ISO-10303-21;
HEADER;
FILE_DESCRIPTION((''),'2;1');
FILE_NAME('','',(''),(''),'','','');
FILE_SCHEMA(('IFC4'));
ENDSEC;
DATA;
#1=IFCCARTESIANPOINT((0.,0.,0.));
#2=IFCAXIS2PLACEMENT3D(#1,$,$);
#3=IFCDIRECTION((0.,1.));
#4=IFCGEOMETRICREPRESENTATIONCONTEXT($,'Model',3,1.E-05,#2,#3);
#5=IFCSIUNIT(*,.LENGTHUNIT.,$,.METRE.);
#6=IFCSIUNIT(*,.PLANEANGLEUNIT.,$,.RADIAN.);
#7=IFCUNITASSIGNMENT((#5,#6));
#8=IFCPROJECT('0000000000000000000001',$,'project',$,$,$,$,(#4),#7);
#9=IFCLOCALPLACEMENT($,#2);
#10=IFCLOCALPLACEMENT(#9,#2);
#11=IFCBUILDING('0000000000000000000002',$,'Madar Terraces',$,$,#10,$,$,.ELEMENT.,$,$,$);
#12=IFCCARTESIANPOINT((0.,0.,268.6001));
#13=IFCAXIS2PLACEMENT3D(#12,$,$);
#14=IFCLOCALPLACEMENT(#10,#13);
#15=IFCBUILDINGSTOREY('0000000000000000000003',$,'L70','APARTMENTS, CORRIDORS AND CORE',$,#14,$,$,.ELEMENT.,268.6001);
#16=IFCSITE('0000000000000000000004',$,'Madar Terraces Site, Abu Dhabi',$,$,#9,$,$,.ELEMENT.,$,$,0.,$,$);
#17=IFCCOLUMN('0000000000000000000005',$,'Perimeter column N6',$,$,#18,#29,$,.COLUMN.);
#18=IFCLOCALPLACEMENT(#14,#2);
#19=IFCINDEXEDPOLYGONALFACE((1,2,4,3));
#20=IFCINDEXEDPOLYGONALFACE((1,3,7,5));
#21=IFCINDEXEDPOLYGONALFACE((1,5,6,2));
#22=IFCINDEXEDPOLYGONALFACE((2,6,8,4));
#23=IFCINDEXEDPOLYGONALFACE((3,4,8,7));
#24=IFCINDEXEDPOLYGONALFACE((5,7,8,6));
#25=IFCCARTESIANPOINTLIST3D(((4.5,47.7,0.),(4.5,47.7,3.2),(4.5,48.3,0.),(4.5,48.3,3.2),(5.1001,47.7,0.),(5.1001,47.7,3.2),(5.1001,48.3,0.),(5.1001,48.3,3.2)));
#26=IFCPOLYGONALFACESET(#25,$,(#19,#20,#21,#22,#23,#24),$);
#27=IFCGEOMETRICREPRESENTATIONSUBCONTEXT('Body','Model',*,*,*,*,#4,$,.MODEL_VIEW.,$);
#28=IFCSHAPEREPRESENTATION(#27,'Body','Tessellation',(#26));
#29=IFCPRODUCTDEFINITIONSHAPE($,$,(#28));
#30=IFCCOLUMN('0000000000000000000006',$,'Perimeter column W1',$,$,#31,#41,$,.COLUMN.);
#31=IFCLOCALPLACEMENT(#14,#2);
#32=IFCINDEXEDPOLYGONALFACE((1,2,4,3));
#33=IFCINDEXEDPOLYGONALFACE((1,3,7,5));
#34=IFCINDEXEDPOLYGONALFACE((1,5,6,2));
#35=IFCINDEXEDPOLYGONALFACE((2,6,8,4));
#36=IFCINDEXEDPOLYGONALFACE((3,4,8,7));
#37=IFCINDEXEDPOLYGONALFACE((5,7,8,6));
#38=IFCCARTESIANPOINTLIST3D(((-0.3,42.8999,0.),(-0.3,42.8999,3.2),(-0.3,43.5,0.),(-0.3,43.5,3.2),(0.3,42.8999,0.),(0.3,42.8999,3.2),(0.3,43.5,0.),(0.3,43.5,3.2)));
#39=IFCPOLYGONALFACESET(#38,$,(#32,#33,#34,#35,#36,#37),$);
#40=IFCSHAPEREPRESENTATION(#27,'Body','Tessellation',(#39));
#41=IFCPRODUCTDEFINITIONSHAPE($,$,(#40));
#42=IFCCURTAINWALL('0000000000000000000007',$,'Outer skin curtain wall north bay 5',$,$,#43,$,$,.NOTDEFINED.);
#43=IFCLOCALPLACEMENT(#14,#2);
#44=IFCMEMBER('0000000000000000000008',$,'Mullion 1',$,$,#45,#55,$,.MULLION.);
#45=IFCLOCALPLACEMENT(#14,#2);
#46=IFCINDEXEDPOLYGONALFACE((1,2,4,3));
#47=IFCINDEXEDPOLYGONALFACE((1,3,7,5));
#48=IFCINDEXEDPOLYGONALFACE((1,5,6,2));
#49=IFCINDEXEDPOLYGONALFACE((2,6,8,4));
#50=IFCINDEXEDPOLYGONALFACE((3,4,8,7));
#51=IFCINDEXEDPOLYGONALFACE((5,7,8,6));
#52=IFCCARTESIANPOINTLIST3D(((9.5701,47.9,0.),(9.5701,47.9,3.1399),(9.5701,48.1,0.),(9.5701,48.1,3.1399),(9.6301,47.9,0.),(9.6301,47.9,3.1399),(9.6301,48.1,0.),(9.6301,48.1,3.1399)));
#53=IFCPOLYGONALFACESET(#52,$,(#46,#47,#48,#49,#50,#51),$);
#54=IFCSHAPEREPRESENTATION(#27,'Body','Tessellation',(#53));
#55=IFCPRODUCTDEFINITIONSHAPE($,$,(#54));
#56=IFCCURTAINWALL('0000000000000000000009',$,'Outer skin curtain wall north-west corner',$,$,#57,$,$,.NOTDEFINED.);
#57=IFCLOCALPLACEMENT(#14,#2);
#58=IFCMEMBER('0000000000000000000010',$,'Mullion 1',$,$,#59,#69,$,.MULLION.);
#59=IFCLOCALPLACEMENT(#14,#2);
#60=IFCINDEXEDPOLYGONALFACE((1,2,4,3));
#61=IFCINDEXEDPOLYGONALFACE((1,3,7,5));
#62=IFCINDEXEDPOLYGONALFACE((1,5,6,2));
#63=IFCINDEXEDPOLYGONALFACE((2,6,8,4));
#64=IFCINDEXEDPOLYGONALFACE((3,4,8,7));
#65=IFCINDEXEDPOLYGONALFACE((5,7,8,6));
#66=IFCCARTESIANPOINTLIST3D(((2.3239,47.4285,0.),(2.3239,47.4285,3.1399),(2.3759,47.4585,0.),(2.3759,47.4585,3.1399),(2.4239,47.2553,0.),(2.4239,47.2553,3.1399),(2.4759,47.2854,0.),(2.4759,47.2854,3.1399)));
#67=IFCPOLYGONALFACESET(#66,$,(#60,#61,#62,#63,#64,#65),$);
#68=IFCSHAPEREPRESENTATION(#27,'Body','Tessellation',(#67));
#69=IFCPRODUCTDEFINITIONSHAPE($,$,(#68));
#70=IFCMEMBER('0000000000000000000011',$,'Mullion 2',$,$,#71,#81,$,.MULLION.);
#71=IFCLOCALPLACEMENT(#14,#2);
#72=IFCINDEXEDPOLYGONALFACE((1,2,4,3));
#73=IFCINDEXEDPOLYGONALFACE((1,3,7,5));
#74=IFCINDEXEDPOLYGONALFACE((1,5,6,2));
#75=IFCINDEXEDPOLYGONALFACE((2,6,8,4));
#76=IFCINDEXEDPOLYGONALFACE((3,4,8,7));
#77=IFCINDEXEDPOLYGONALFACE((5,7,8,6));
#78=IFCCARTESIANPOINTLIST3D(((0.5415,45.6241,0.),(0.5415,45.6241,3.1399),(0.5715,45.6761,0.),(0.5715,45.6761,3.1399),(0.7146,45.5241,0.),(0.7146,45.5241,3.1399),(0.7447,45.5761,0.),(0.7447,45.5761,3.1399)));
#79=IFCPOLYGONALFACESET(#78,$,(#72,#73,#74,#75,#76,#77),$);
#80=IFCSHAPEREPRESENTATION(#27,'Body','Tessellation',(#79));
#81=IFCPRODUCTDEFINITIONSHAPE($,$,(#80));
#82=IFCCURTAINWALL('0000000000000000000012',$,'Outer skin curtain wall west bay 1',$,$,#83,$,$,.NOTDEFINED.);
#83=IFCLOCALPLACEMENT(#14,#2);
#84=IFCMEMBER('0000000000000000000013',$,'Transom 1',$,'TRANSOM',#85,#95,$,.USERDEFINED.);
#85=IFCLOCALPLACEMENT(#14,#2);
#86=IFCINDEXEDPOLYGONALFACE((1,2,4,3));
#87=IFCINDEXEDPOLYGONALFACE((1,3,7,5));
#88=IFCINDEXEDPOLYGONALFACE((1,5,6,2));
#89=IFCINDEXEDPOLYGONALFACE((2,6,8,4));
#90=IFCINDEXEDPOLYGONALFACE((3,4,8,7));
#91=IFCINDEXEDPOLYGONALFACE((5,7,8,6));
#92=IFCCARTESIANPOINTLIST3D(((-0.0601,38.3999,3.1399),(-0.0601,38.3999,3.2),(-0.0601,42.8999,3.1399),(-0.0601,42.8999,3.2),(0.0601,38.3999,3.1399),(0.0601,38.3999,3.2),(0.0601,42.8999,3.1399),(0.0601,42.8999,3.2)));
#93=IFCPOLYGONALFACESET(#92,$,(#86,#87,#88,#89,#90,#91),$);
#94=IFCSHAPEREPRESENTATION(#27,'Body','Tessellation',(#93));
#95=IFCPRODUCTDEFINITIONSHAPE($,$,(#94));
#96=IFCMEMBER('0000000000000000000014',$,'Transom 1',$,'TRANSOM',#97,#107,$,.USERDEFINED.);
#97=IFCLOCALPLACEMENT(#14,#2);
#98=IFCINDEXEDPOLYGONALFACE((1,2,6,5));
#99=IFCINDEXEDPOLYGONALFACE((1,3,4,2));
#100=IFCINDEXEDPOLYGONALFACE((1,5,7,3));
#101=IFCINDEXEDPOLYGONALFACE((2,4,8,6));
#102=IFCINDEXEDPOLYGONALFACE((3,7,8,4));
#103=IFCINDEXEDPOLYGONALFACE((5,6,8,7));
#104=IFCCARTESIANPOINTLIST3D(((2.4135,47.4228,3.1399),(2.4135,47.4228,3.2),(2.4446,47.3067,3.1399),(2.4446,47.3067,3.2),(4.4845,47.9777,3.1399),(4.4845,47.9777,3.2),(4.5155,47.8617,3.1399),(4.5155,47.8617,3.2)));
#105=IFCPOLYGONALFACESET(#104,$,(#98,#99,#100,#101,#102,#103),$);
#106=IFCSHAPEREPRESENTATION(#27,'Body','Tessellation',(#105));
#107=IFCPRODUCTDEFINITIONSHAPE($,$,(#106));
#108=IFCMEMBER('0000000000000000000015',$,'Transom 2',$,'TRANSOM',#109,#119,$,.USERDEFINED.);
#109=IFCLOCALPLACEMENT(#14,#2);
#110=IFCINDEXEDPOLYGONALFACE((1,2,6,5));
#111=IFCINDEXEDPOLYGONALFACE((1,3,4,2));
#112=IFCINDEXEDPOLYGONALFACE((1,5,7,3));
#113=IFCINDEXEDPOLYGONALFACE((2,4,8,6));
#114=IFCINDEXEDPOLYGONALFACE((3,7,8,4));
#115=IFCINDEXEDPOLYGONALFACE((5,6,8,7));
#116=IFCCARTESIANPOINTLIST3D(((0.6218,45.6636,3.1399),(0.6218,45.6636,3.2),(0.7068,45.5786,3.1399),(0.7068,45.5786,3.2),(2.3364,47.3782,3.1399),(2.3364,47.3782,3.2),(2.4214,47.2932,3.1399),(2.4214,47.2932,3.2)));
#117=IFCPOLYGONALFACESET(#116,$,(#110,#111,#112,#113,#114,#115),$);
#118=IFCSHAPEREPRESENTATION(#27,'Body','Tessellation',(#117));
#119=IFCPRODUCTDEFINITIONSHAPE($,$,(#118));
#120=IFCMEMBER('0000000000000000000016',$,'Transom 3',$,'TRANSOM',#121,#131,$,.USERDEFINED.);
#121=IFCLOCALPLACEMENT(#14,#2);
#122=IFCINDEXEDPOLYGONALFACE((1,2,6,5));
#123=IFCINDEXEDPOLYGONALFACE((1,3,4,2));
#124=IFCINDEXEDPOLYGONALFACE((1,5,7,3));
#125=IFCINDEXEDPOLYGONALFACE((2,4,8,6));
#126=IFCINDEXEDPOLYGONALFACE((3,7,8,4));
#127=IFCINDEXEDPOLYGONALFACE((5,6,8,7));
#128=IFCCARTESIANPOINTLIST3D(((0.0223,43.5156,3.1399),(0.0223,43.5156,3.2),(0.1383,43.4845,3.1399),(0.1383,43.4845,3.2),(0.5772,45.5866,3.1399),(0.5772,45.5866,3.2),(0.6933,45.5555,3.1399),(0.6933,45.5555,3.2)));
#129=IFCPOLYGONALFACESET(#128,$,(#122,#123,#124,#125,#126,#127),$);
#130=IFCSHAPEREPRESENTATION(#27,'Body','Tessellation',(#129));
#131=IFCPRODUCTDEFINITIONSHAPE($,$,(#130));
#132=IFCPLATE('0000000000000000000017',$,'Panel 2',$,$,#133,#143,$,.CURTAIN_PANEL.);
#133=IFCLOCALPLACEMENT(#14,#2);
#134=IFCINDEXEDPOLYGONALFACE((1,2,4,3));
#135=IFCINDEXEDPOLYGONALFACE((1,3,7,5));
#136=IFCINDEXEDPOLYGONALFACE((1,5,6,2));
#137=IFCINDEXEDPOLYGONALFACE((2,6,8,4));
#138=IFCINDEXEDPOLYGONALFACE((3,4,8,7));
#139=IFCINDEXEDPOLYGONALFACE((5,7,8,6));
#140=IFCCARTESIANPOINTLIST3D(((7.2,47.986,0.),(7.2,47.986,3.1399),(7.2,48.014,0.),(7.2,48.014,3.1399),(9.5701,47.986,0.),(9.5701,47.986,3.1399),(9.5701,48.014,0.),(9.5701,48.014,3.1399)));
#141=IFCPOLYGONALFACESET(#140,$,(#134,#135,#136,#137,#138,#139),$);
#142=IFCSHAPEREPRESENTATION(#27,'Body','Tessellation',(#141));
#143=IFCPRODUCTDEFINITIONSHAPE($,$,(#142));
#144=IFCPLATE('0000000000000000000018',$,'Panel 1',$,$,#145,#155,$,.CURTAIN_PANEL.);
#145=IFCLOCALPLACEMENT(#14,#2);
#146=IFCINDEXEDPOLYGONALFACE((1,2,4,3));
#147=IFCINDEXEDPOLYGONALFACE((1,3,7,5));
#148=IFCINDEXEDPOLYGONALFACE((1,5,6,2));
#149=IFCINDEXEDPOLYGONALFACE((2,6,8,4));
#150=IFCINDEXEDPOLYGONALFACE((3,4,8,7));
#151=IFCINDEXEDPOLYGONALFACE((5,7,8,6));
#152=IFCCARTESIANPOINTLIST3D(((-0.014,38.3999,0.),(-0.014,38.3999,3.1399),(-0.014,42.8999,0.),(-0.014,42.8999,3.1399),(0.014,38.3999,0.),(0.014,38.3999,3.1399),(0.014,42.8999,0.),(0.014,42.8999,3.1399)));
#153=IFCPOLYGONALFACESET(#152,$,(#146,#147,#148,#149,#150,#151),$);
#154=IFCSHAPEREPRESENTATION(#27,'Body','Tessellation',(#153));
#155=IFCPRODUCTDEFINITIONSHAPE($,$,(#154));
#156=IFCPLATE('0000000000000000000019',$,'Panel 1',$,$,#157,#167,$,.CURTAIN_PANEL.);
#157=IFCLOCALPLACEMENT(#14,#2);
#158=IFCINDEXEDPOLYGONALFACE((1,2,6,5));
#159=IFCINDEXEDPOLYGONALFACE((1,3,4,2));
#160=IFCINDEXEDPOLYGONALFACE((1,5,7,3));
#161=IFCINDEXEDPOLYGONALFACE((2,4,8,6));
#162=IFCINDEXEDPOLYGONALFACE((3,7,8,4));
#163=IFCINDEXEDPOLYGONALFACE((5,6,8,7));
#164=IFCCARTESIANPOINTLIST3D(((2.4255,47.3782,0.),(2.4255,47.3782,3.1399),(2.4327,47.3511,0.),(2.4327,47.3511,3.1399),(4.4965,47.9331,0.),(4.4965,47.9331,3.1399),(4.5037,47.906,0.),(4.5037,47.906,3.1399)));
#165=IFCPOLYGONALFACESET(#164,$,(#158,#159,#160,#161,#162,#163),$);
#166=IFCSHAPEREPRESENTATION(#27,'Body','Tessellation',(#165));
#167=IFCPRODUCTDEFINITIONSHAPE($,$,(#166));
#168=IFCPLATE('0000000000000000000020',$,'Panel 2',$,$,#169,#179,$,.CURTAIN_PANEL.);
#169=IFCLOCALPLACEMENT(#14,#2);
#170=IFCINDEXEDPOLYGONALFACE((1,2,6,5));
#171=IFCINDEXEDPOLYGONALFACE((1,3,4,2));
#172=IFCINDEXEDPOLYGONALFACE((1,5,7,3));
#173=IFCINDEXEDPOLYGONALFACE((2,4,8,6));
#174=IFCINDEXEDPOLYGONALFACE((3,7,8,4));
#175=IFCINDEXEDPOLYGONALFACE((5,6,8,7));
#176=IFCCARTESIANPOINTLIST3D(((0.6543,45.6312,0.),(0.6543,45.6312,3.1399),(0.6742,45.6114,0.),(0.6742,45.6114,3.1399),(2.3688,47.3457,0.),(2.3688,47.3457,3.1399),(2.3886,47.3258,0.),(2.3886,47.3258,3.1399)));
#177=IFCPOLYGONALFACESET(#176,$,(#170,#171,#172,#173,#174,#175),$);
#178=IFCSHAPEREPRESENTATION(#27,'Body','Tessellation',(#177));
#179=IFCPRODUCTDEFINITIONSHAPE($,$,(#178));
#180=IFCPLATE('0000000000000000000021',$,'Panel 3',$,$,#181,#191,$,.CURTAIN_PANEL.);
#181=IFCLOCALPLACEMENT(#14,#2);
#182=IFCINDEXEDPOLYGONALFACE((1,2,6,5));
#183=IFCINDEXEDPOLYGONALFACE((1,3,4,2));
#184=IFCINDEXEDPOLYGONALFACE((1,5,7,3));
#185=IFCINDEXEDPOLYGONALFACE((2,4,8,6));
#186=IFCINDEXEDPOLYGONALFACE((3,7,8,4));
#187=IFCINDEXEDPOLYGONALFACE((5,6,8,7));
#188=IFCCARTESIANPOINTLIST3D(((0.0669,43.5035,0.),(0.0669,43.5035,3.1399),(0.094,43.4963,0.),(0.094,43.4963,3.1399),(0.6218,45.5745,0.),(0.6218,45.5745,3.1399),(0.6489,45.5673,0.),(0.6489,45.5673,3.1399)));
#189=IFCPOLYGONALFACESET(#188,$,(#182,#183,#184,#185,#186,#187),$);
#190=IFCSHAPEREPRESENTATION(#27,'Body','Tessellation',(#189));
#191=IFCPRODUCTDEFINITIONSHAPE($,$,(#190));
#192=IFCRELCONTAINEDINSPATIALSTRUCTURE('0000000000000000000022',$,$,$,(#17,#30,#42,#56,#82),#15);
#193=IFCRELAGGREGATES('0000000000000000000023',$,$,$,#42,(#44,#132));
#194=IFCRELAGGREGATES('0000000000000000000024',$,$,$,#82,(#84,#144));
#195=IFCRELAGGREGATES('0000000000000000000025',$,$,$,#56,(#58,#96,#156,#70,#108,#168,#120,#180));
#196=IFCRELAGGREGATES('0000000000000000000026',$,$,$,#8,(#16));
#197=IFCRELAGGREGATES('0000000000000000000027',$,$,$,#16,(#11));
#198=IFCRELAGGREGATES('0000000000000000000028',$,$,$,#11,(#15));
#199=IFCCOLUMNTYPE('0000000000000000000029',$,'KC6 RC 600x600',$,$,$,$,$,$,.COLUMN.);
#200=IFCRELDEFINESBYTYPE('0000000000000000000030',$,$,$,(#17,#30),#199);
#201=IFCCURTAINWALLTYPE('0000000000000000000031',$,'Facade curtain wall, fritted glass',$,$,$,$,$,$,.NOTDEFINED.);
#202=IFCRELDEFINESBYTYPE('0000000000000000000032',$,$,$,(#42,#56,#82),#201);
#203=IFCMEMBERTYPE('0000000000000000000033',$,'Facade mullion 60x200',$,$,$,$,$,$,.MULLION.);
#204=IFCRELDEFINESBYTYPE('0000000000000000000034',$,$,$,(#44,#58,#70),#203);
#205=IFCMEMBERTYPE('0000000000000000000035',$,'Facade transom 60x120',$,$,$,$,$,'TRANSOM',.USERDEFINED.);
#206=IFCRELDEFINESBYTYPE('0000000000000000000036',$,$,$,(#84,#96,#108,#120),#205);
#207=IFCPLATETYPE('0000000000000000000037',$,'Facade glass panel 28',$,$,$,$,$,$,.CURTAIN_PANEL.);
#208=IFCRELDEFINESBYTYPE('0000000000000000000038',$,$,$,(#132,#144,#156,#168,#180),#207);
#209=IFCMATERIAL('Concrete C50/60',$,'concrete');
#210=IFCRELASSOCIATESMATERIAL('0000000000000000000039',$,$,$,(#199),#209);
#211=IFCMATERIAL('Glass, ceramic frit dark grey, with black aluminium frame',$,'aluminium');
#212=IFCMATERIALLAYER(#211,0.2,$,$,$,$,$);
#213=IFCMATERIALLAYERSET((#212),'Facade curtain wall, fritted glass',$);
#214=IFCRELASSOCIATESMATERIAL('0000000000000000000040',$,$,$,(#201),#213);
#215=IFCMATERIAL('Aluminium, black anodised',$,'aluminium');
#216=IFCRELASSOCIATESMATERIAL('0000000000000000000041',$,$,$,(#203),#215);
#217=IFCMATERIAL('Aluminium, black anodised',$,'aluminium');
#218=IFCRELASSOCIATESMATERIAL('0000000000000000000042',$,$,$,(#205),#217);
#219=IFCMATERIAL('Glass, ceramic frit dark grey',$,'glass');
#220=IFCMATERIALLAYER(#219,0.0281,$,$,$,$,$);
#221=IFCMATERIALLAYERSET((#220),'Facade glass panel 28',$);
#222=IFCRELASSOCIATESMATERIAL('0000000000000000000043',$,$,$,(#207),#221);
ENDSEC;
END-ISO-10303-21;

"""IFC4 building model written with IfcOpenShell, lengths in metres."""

from ifc_helpers import new_model, si_unit, direction, frame, origin, origin_2d, place, context, subcontext, project, spatial, rectangle, extrude, material, layer, layer_set, material_profile, profile_set, type_object, element, aggregate, save


model = new_model("IFC4")

# Units and contexts
model_context = context("Model", 3, precision=1e-05, world=origin(), true_north=direction((0.0, 1.0)))
body_context = subcontext(model_context, "Body", "Model", "MODEL_VIEW")
ifc_project = project(units=[si_unit("LENGTHUNIT", "METRE"), si_unit("PLANEANGLEUNIT", "RADIAN")], contexts=[model_context])

# Site, building, storey
site_placement = place(None, origin())
site = spatial("IfcSite", under=ifc_project, at=site_placement, Name="Madar Terraces Site, Abu Dhabi", CompositionType="ELEMENT", RefElevation=0.0)
building_placement = place(site_placement, origin())
building = spatial("IfcBuilding", under=site, at=building_placement, Name="Madar Terraces", CompositionType="ELEMENT")
storey_placement = place(building_placement, frame((0.0, 0.0, 268.6001)))
storey = spatial("IfcBuildingStorey", under=building, at=storey_placement, Name="L70", Description="APARTMENTS, CORRIDORS AND CORE", CompositionType="ELEMENT", Elevation=268.6001)

# Columns
ifc_material_1 = material(Name="Concrete C50/60", Category="concrete")
ifc_material_profile_1 = material_profile(ifc_material_1, rectangle(XDim=0.6001, YDim=0.6001, at=origin_2d()), Name="KC6 RC 600x600")
ifc_profile_set_1 = profile_set([ifc_material_profile_1], Name="Concrete C50/60")
column_type = type_object("IfcColumnType", Name="KC6 RC 600x600", PredefinedType="COLUMN", material=ifc_profile_set_1)
for number, where, z_axis, x_axis, name in (
    (1, (4.8, 48.0, 0.0), (0.0, 0.0, 1.0), (1.0, 0.0, 0.0), "Perimeter column N6"),
    (2, (0.0, 43.2, 0.0), (0.0, 0.0, 1.0), (1.0, 0.0, 0.0), "Perimeter column W1"),
):
    element("IfcColumn", number, at=place(storey_placement, frame(where, z_axis=z_axis, x_axis=x_axis)), inside=storey, type_object=column_type, Name=name, PredefinedType="COLUMN", context=body_context, shape_type="SweptSolid", body=[
        extrude(rectangle(XDim=0.6001, YDim=0.6001, at=origin_2d()), origin(), (0.0, 0.0, 1.0), 3.2),
    ])

# Curtain wall, member
ifc_material_2 = material(Name="Glass, ceramic frit dark grey, with black aluminium frame", Category="aluminium")
ifc_layer_1 = layer(ifc_material_2, 0.2)
ifc_layer_set_1 = layer_set([ifc_layer_1], Name="Facade curtain wall, fritted glass")
curtain_wall_type = type_object("IfcCurtainWallType", Name="Facade curtain wall, fritted glass", PredefinedType="NOTDEFINED", material=ifc_layer_set_1)
curtain_wall_1_placement = place(storey_placement, origin())
curtain_wall_1 = element("IfcCurtainWall", 3, at=curtain_wall_1_placement, inside=storey, type_object=curtain_wall_type, Name="Outer skin curtain wall north bay 5", PredefinedType="NOTDEFINED")
ifc_material_3 = material(Name="Aluminium, black anodised", Category="aluminium")
ifc_material_profile_2 = material_profile(ifc_material_3, rectangle(XDim=0.2, YDim=0.0601, at=origin_2d()), Name="Facade mullion 60x200")
ifc_profile_set_2 = profile_set([ifc_material_profile_2], Name="Aluminium, black anodised")
member_type_1 = type_object("IfcMemberType", Name="Facade mullion 60x200", PredefinedType="MULLION", material=ifc_profile_set_2)
member_1_placement = place(storey_placement, frame((9.6001, 48.0, 0.0), z_axis=(0.0, 0.0, 1.0), x_axis=(0.0, -1.0, 0.0)))
member_1 = element("IfcMember", 4, at=member_1_placement, type_object=member_type_1, Name="Mullion 1", PredefinedType="MULLION", context=body_context, shape_type="SweptSolid", body=[
    extrude(rectangle(XDim=0.2, YDim=0.0601, at=origin_2d()), origin(), (0.0, 0.0, 1.0), 3.1399),
])

# Curtain wall, members
curtain_wall_2_placement = place(storey_placement, origin())
curtain_wall_2 = element("IfcCurtainWall", 5, at=curtain_wall_2_placement, inside=storey, type_object=curtain_wall_type, Name="Outer skin curtain wall north-west corner", PredefinedType="NOTDEFINED")
member_2_placement = place(storey_placement, frame((2.3999, 47.3569, 0.0), z_axis=(0.0, 0.0, 1.0), x_axis=(0.5, -0.866025, 0.0)))
member_2 = element("IfcMember", 6, at=member_2_placement, type_object=member_type_1, Name="Mullion 1", PredefinedType="MULLION", context=body_context, shape_type="SweptSolid", body=[
    extrude(rectangle(XDim=0.2, YDim=0.0601, at=origin_2d()), origin(), (0.0, 0.0, 1.0), 3.1399),
])
member_3_placement = place(storey_placement, frame((0.6431, 45.6001, 0.0), z_axis=(0.0, 0.0, 1.0), x_axis=(0.866025, -0.5, 0.0)))
member_3 = element("IfcMember", 7, at=member_3_placement, type_object=member_type_1, Name="Mullion 2", PredefinedType="MULLION", context=body_context, shape_type="SweptSolid", body=[
    extrude(rectangle(XDim=0.2, YDim=0.0601, at=origin_2d()), origin(), (0.0, 0.0, 1.0), 3.1399),
])

# Curtain wall, member
curtain_wall_3_placement = place(storey_placement, origin())
curtain_wall_3 = element("IfcCurtainWall", 8, at=curtain_wall_3_placement, inside=storey, type_object=curtain_wall_type, Name="Outer skin curtain wall west bay 1", PredefinedType="NOTDEFINED")
ifc_material_4 = material(Name="Aluminium, black anodised", Category="aluminium")
ifc_material_profile_3 = material_profile(ifc_material_4, rectangle(XDim=0.1201, YDim=0.0601, at=origin_2d()), Name="Facade transom 60x120")
ifc_profile_set_3 = profile_set([ifc_material_profile_3], Name="Aluminium, black anodised")
member_type_2 = type_object("IfcMemberType", Name="Facade transom 60x120", ElementType="TRANSOM", PredefinedType="USERDEFINED", material=ifc_profile_set_3)
member_4_placement = place(storey_placement, frame((0.0, 42.8999, 3.1699), z_axis=(0.0, -1.0, 0.0), x_axis=(1.0, 0.0, 0.0)))
member_4 = element("IfcMember", 9, at=member_4_placement, type_object=member_type_2, Name="Transom 1", ObjectType="TRANSOM", PredefinedType="USERDEFINED", context=body_context, shape_type="SweptSolid", body=[
    extrude(rectangle(XDim=0.1201, YDim=0.0601, at=origin_2d()), origin(), (0.0, 0.0, 1.0), 4.5),
])

# Members
member_5_placement = place(storey_placement, frame((4.5, 47.9197, 3.1699), z_axis=(-0.965926, -0.258818, 0.0), x_axis=(0.258818, -0.965926, 0.0)))
member_5 = element("IfcMember", 10, at=member_5_placement, type_object=member_type_2, Name="Transom 1", ObjectType="TRANSOM", PredefinedType="USERDEFINED", context=body_context, shape_type="SweptSolid", body=[
    extrude(rectangle(XDim=0.1201, YDim=0.0601, at=origin_2d()), origin(), (0.0, 0.0, 1.0), 2.144),
])
member_6_placement = place(storey_placement, frame((2.3789, 47.3357, 3.1699), z_axis=(-0.707107, -0.707107, 0.0), x_axis=(0.707107, -0.707107, 0.0)))
member_6 = element("IfcMember", 11, at=member_6_placement, type_object=member_type_2, Name="Transom 2", ObjectType="TRANSOM", PredefinedType="USERDEFINED", context=body_context, shape_type="SweptSolid", body=[
    extrude(rectangle(XDim=0.1201, YDim=0.0601, at=origin_2d()), origin(), (0.0, 0.0, 1.0), 2.4248),
])
member_7_placement = place(storey_placement, frame((0.6353, 45.571, 3.1699), z_axis=(-0.258818, -0.965926, 0.0), x_axis=(0.965926, -0.258818, 0.0)))
member_7 = element("IfcMember", 12, at=member_7_placement, type_object=member_type_2, Name="Transom 3", ObjectType="TRANSOM", PredefinedType="USERDEFINED", context=body_context, shape_type="SweptSolid", body=[
    extrude(rectangle(XDim=0.1201, YDim=0.0601, at=origin_2d()), origin(), (0.0, 0.0, 1.0), 2.144),
])

# Plates
ifc_material_5 = material(Name="Glass, ceramic frit dark grey", Category="glass")
ifc_layer_2 = layer(ifc_material_5, 0.0281)
ifc_layer_set_2 = layer_set([ifc_layer_2], Name="Facade glass panel 28")
plate_type = type_object("IfcPlateType", Name="Facade glass panel 28", PredefinedType="CURTAIN_PANEL", material=ifc_layer_set_2)
plate_1_placement = place(storey_placement, frame((8.385, 48.0, 0.0), z_axis=(0.0, 0.0, 1.0), x_axis=(-1.0, 0.0, 0.0)))
plate_1 = element("IfcPlate", 13, at=plate_1_placement, type_object=plate_type, Name="Panel 2", PredefinedType="CURTAIN_PANEL", context=body_context, shape_type="SweptSolid", body=[
    extrude(rectangle(XDim=2.3701, YDim=0.0281, at=origin_2d()), origin(), (0.0, 0.0, 1.0), 3.1399),
])
aggregate(curtain_wall_1, [member_1, plate_1])
plate_2_placement = place(storey_placement, frame((0.0, 40.6499, 0.0), z_axis=(0.0, 0.0, 1.0), x_axis=(0.0, -1.0, 0.0)))
plate_2 = element("IfcPlate", 14, at=plate_2_placement, type_object=plate_type, Name="Panel 1", PredefinedType="CURTAIN_PANEL", context=body_context, shape_type="SweptSolid", body=[
    extrude(rectangle(XDim=4.5, YDim=0.0281, at=origin_2d()), origin(), (0.0, 0.0, 1.0), 3.1399),
])
aggregate(curtain_wall_3, [member_4, plate_2])
plate_3_placement = place(storey_placement, frame((3.4646, 47.6421, 0.0), z_axis=(0.0, 0.0, 1.0), x_axis=(-0.965926, -0.258819, 0.0)))
plate_3 = element("IfcPlate", 15, at=plate_3_placement, type_object=plate_type, Name="Panel 1", PredefinedType="CURTAIN_PANEL", context=body_context, shape_type="SweptSolid", body=[
    extrude(rectangle(XDim=2.144, YDim=0.0281, at=origin_2d()), origin(), (0.0, 0.0, 1.0), 3.1399),
])
plate_4_placement = place(storey_placement, frame((1.5215, 46.4785, 0.0), z_axis=(0.0, 0.0, 1.0), x_axis=(-0.707107, -0.707107, 0.0)))
plate_4 = element("IfcPlate", 16, at=plate_4_placement, type_object=plate_type, Name="Panel 2", PredefinedType="CURTAIN_PANEL", context=body_context, shape_type="SweptSolid", body=[
    extrude(rectangle(XDim=2.4246, YDim=0.0281, at=origin_2d()), origin(), (0.0, 0.0, 1.0), 3.1399),
])
plate_5_placement = place(storey_placement, frame((0.3579, 44.5354, 0.0), z_axis=(0.0, 0.0, 1.0), x_axis=(-0.258819, -0.965926, 0.0)))
plate_5 = element("IfcPlate", 17, at=plate_5_placement, type_object=plate_type, Name="Panel 3", PredefinedType="CURTAIN_PANEL", context=body_context, shape_type="SweptSolid", body=[
    extrude(rectangle(XDim=2.144, YDim=0.0281, at=origin_2d()), origin(), (0.0, 0.0, 1.0), 3.1399),
])
aggregate(curtain_wall_2, [member_2, member_5, plate_3, member_3, member_6, plate_4, member_7, plate_5])

save(model, "model.ifc")
